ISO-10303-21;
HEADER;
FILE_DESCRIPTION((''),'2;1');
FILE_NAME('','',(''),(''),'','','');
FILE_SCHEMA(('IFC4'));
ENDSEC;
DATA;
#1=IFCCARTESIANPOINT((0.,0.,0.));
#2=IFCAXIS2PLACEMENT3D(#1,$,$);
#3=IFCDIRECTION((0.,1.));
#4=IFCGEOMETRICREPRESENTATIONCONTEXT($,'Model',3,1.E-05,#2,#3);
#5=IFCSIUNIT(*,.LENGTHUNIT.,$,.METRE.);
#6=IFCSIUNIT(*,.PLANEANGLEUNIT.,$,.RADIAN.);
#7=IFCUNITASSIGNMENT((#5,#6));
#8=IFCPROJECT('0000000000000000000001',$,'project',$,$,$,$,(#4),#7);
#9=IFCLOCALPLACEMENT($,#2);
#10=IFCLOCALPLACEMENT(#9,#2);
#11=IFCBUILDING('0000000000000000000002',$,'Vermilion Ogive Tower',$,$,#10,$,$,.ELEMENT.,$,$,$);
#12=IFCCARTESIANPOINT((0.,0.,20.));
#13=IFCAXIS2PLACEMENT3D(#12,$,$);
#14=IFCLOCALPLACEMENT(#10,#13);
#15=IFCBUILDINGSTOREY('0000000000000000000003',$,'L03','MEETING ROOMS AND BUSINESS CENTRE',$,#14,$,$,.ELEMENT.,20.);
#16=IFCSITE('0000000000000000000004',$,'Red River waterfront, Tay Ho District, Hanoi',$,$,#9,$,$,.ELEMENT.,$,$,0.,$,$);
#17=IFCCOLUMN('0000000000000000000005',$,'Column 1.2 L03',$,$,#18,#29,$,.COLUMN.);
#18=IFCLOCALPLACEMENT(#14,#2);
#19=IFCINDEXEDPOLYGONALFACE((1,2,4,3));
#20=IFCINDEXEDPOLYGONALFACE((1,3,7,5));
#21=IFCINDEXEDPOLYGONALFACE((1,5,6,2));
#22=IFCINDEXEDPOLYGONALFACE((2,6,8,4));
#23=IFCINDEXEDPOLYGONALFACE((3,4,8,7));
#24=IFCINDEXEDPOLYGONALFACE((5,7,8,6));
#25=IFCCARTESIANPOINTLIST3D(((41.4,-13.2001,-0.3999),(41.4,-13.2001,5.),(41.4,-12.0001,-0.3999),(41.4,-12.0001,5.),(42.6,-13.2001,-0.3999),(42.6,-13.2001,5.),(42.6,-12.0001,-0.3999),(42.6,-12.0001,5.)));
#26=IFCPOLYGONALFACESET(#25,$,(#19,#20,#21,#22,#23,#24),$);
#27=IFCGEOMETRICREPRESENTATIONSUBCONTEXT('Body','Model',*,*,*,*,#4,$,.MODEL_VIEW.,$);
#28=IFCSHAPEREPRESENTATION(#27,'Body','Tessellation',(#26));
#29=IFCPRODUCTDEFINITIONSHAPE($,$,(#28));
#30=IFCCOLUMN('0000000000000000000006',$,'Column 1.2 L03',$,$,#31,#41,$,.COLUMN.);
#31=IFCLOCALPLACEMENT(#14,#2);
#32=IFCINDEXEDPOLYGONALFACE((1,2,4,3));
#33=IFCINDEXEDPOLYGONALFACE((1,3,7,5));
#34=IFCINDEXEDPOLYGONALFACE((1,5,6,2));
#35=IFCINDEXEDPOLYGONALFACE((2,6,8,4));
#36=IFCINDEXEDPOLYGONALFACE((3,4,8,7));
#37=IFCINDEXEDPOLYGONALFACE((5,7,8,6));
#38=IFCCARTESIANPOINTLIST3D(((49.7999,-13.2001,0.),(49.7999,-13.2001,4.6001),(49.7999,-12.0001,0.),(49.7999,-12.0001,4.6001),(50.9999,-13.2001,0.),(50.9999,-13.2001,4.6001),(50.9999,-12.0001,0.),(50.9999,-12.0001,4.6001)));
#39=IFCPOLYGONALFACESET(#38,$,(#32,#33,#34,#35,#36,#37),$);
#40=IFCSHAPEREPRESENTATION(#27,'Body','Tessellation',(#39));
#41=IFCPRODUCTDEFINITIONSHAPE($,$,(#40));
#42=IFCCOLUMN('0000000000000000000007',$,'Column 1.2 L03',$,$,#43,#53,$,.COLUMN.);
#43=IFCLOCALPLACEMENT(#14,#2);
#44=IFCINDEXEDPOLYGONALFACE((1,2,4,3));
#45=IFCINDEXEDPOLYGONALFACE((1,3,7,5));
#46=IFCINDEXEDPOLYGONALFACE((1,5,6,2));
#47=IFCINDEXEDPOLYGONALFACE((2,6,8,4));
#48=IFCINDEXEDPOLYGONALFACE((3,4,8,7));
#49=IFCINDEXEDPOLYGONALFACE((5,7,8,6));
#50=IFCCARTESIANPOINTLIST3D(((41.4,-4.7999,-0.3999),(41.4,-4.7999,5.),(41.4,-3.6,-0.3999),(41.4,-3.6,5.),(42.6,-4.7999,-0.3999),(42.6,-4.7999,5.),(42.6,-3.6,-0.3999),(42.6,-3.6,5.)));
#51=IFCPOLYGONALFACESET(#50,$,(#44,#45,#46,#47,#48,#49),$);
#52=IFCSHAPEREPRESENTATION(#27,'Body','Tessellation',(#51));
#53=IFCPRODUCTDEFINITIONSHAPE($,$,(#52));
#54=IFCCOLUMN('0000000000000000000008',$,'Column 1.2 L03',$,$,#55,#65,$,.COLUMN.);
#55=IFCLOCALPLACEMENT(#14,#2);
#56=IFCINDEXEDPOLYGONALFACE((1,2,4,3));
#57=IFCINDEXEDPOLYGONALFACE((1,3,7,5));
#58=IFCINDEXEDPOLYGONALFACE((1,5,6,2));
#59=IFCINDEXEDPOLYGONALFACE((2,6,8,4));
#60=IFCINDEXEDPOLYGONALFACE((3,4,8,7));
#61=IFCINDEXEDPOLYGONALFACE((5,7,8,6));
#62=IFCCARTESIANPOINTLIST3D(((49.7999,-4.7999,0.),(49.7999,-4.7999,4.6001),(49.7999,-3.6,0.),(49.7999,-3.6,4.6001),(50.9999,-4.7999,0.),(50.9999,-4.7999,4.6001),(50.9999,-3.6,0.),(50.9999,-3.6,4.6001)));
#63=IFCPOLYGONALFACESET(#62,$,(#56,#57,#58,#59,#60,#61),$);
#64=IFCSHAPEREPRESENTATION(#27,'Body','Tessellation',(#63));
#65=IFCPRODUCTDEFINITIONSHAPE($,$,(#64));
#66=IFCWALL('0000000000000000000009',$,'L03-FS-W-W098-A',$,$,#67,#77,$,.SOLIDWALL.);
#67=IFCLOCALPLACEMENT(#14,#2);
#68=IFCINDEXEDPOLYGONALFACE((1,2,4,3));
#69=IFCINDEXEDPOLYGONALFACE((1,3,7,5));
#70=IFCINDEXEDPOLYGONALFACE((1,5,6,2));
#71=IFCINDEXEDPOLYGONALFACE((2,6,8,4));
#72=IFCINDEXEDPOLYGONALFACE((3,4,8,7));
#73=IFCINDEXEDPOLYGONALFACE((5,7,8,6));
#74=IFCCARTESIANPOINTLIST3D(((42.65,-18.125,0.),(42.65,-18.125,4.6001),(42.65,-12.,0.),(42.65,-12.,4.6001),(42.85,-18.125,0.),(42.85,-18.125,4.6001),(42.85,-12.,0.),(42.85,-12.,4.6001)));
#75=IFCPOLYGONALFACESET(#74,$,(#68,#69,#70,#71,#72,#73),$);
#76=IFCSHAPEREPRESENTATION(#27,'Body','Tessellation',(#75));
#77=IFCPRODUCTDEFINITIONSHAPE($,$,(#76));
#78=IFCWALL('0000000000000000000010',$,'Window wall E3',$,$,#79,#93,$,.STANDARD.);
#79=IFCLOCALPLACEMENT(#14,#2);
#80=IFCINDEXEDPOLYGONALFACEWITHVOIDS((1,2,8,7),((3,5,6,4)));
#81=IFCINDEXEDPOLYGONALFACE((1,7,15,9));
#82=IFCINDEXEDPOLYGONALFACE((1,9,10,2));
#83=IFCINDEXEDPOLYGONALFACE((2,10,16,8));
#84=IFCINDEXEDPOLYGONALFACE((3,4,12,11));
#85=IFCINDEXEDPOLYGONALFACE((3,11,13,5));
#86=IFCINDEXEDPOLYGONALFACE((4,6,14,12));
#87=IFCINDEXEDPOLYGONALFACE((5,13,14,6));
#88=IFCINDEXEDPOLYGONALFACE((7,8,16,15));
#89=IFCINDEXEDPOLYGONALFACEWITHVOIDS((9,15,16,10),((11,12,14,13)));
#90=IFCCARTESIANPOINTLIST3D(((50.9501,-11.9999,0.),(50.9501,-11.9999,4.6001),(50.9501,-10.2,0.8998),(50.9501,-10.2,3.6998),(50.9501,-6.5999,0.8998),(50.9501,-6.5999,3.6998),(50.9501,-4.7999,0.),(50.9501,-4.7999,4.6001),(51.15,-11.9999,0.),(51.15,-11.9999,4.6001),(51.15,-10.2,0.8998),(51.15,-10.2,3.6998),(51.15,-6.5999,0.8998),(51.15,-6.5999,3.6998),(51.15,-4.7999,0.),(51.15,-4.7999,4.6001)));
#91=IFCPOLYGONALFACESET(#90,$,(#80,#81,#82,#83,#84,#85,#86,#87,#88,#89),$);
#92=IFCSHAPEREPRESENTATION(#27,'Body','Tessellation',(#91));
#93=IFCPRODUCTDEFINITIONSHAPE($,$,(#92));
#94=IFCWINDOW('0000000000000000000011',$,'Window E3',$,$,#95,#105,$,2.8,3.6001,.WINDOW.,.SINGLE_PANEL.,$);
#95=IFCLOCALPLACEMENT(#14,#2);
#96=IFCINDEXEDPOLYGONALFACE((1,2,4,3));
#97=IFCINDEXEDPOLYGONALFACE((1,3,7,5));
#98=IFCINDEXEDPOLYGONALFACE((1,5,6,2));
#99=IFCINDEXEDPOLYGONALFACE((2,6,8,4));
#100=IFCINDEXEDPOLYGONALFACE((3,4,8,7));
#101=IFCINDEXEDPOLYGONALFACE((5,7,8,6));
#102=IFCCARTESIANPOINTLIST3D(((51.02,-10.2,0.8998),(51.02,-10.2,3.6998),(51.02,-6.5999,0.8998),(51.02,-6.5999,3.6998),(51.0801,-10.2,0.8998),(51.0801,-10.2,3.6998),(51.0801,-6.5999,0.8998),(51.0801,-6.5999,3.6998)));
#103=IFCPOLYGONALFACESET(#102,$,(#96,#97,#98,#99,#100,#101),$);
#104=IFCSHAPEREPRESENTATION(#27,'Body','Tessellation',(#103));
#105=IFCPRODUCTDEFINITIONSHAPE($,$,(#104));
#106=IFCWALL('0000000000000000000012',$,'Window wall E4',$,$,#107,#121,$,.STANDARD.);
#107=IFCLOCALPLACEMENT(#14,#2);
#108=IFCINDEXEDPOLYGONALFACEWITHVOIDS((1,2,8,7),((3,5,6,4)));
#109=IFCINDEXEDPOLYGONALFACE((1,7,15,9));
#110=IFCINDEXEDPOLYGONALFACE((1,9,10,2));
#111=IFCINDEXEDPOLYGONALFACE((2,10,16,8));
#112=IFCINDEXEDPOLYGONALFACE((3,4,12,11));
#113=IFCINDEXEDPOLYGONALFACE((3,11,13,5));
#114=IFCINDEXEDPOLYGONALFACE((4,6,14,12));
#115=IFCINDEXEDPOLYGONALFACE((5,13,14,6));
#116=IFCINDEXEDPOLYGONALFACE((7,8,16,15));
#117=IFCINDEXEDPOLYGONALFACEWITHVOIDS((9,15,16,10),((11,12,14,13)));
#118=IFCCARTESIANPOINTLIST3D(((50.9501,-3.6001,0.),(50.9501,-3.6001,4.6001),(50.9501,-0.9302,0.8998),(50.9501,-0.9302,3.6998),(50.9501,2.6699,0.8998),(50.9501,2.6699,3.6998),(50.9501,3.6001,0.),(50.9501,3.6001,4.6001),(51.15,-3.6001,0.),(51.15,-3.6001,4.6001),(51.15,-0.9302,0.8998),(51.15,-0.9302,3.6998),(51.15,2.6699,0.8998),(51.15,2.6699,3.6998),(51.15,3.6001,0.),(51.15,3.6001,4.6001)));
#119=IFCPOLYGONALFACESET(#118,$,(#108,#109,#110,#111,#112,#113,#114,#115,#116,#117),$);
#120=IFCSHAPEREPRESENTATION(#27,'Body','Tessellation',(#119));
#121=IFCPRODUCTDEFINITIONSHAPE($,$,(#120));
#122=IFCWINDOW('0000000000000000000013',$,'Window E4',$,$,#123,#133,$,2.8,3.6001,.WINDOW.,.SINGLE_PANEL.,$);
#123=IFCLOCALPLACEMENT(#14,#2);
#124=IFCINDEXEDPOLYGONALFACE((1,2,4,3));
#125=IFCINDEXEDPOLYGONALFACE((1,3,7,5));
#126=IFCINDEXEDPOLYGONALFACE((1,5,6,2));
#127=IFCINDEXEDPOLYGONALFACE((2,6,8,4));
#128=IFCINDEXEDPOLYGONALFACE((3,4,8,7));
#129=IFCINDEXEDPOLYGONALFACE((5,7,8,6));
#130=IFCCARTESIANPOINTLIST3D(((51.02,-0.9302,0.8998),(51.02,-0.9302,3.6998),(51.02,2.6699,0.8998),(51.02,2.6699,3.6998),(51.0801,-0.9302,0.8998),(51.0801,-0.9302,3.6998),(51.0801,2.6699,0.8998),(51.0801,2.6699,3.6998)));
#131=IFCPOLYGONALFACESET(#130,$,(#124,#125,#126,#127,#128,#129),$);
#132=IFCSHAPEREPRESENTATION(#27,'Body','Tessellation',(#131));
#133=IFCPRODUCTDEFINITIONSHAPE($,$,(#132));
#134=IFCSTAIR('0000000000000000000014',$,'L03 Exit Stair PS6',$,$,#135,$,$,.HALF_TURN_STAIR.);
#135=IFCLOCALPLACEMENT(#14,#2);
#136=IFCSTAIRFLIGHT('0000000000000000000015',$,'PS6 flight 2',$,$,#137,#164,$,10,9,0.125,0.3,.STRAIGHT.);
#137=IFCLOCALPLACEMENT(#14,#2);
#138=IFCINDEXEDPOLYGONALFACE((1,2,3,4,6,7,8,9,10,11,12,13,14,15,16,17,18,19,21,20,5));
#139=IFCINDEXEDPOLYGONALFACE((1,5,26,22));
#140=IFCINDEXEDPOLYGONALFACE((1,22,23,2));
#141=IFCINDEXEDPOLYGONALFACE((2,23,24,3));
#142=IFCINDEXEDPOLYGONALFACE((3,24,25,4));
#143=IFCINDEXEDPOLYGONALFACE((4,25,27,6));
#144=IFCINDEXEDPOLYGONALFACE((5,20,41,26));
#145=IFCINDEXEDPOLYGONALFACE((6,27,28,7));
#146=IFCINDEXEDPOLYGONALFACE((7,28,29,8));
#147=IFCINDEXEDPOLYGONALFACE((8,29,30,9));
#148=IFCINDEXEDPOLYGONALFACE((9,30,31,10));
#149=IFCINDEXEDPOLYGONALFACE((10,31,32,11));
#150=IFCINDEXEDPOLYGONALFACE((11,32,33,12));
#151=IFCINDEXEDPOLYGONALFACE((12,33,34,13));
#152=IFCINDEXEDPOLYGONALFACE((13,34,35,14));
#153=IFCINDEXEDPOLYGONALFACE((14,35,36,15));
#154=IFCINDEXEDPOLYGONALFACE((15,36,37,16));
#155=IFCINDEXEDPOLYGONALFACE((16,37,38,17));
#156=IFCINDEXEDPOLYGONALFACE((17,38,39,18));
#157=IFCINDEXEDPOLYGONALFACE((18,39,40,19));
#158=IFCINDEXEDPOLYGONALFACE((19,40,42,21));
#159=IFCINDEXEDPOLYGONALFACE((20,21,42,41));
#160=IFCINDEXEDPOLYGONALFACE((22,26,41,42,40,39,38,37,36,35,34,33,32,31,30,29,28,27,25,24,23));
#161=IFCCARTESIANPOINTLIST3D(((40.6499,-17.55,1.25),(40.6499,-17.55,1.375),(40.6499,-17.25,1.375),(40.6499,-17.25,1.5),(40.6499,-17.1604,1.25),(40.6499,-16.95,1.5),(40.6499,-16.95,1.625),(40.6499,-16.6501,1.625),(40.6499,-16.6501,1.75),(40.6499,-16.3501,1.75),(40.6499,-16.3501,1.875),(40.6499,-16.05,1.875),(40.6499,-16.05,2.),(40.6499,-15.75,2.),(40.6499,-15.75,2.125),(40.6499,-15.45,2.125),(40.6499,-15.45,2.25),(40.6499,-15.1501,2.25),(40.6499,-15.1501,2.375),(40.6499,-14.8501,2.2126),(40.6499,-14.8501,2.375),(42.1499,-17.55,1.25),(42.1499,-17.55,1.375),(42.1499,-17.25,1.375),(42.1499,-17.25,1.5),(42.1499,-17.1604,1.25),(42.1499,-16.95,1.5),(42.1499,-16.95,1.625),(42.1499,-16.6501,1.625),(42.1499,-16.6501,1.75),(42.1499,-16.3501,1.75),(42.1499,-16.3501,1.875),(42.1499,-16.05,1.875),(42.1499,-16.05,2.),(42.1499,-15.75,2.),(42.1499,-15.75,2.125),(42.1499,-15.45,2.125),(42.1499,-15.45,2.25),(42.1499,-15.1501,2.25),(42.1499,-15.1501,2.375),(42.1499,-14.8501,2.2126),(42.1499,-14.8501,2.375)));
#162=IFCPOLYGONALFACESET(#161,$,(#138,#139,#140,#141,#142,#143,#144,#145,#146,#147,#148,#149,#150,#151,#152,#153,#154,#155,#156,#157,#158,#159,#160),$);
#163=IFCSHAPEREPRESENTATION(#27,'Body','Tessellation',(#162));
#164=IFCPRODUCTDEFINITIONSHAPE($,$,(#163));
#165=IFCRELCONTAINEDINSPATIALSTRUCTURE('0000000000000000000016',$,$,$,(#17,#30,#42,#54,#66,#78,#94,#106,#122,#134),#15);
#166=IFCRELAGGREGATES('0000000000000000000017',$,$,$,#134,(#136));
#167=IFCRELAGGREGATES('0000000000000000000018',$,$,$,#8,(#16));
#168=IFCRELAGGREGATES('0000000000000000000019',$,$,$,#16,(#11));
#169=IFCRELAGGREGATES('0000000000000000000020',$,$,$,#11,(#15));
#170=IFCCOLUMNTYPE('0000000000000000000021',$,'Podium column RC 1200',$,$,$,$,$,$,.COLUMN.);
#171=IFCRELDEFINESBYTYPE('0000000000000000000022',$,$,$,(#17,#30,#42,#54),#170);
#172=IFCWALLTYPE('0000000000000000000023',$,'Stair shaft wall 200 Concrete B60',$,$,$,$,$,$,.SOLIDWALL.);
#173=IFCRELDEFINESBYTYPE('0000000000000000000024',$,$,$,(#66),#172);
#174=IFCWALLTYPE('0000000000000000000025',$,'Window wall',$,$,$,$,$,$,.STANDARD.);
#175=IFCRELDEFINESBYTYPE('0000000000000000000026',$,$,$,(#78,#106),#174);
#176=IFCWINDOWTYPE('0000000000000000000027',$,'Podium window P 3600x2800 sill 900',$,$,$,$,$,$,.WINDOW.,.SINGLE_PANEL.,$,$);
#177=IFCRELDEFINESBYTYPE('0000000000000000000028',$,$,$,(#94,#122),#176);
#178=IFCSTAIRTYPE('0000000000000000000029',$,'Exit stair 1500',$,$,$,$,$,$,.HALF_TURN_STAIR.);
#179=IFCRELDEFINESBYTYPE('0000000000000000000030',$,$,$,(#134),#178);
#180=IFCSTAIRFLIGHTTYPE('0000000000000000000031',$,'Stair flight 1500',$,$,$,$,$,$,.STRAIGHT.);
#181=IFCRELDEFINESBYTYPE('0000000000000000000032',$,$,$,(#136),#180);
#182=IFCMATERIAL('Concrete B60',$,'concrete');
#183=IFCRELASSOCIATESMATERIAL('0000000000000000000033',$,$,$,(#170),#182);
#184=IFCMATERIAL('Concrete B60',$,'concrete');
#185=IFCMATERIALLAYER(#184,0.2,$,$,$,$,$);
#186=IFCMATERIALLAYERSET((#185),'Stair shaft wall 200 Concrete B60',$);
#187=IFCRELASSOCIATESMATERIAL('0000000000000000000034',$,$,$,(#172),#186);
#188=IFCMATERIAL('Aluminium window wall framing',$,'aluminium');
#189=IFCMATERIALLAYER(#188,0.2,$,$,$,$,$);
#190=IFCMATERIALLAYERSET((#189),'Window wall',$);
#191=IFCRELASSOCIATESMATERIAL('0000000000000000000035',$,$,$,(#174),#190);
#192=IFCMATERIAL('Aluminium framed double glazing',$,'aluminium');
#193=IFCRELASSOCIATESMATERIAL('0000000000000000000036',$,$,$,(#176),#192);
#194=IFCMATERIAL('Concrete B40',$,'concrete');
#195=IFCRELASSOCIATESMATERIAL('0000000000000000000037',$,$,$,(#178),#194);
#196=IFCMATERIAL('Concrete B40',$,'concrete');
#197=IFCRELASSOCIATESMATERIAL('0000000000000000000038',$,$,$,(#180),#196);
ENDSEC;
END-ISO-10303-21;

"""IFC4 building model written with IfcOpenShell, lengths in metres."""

from ifc_helpers import new_model, si_unit, direction, frame, frame_2d, origin, origin_2d, place, context, subcontext, project, spatial, polyline, rectangle, outline, extrude, material, layer, layer_set, material_profile, profile_set, type_object, element, fill, aggregate, save


model = new_model("IFC4")

# Units and contexts
model_context = context("Model", 3, precision=1e-05, world=origin(), true_north=direction((0.0, 1.0)))
body_context = subcontext(model_context, "Body", "Model", "MODEL_VIEW")
ifc_project = project(units=[si_unit("LENGTHUNIT", "METRE"), si_unit("PLANEANGLEUNIT", "RADIAN")], contexts=[model_context])

# Site, building, storey
site_placement = place(None, origin())
site = spatial("IfcSite", under=ifc_project, at=site_placement, Name="Red River waterfront, Tay Ho District, Hanoi", CompositionType="ELEMENT", RefElevation=0.0)
building_placement = place(site_placement, origin())
building = spatial("IfcBuilding", under=site, at=building_placement, Name="Vermilion Ogive Tower", CompositionType="ELEMENT")
storey_placement = place(building_placement, frame((0.0, 0.0, 20.0)))
storey = spatial("IfcBuildingStorey", under=building, at=storey_placement, Name="L03", Description="MEETING ROOMS AND BUSINESS CENTRE", CompositionType="ELEMENT", Elevation=20.0)

# Columns
ifc_material_1 = material(Name="Concrete B60", Category="concrete")
ifc_material_profile = material_profile(ifc_material_1, rectangle(XDim=1.2, YDim=1.2, at=origin_2d()), Name="RC 1200x1200")
ifc_profile_set = profile_set([ifc_material_profile], Name="Concrete B60")
column_type = type_object("IfcColumnType", Name="Podium column RC 1200", PredefinedType="COLUMN", material=ifc_profile_set)
column_1_placement = place(storey_placement, frame((42.0, -12.6001, -0.3999), z_axis=(0.0, 0.0, 1.0), x_axis=(1.0, 0.0, 0.0)))
element("IfcColumn", 1, at=column_1_placement, inside=storey, type_object=column_type, Name="Column 1.2 L03", PredefinedType="COLUMN", context=body_context, shape_type="SweptSolid", body=[
    extrude(rectangle(XDim=1.2, YDim=1.2, at=origin_2d()), origin(), (0.0, 0.0, 1.0), 5.3999),
])
column_2_placement = place(storey_placement, frame((50.3999, -12.6001, 0.0), z_axis=(0.0, 0.0, 1.0), x_axis=(1.0, 0.0, 0.0)))
element("IfcColumn", 2, at=column_2_placement, inside=storey, type_object=column_type, Name="Column 1.2 L03", PredefinedType="COLUMN", context=body_context, shape_type="SweptSolid", body=[
    extrude(rectangle(XDim=1.2, YDim=1.2, at=origin_2d()), origin(), (0.0, 0.0, 1.0), 4.6001),
])
column_3_placement = place(storey_placement, frame((42.0, -4.2, -0.3999), z_axis=(0.0, 0.0, 1.0), x_axis=(1.0, 0.0, 0.0)))
element("IfcColumn", 3, at=column_3_placement, inside=storey, type_object=column_type, Name="Column 1.2 L03", PredefinedType="COLUMN", context=body_context, shape_type="SweptSolid", body=[
    extrude(rectangle(XDim=1.2, YDim=1.2, at=origin_2d()), origin(), (0.0, 0.0, 1.0), 5.3999),
])
column_4_placement = place(storey_placement, frame((50.3999, -4.2, 0.0), z_axis=(0.0, 0.0, 1.0), x_axis=(1.0, 0.0, 0.0)))
element("IfcColumn", 4, at=column_4_placement, inside=storey, type_object=column_type, Name="Column 1.2 L03", PredefinedType="COLUMN", context=body_context, shape_type="SweptSolid", body=[
    extrude(rectangle(XDim=1.2, YDim=1.2, at=origin_2d()), origin(), (0.0, 0.0, 1.0), 4.6001),
])

# Wall
ifc_material_2 = material(Name="Concrete B60", Category="concrete")
ifc_layer_1 = layer(ifc_material_2, 0.2)
ifc_layer_set_1 = layer_set([ifc_layer_1], Name="Stair shaft wall 200 Concrete B60")
wall_type_1 = type_object("IfcWallType", Name="Stair shaft wall 200 Concrete B60", PredefinedType="SOLIDWALL", material=ifc_layer_set_1)
wall_1_placement = place(storey_placement, frame((42.75, -18.125, 0.0), z_axis=(0.0, 0.0, 1.0), x_axis=(0.0, 1.0, 0.0)))
element("IfcWall", 5, at=wall_1_placement, inside=storey, type_object=wall_type_1, Name="L03-FS-W-W098-A", PredefinedType="SOLIDWALL", context=body_context, shape_type="SweptSolid", body=[
    extrude(rectangle(XDim=6.125, YDim=0.2, at=frame_2d((3.0625, 0.0))), origin(), (0.0, 0.0, 1.0), 4.6001),
])

# Walls, openings, windows
ifc_material_3 = material(Name="Aluminium window wall framing", Category="aluminium")
ifc_layer_2 = layer(ifc_material_3, 0.2)
ifc_layer_set_2 = layer_set([ifc_layer_2], Name="Window wall")
wall_type_2 = type_object("IfcWallType", Name="Window wall", PredefinedType="STANDARD", material=ifc_layer_set_2)
wall_2_placement = place(storey_placement, frame((51.05, -12.0, 0.0), z_axis=(0.0, 0.0, 1.0), x_axis=(0.0, 1.0, 0.0)))
wall_2 = element("IfcWall", 6, at=wall_2_placement, inside=storey, type_object=wall_type_2, Name="Window wall E3", PredefinedType="STANDARD", context=body_context, shape_type="SweptSolid", body=[
    extrude(rectangle(XDim=7.2, YDim=0.2, at=frame_2d((3.6001, 0.0))), origin(), (0.0, 0.0, 1.0), 4.6001),
])
opening_1_placement = place(wall_2_placement, frame((1.8, 0.0, 0.8999)))
opening_1 = element("IfcOpeningElement", 7, at=opening_1_placement, cuts=wall_2, PredefinedType="OPENING", context=body_context, shape_type="SweptSolid", body=[
    extrude(rectangle(XDim=3.6001, YDim=2.8, at=frame_2d((1.8, 1.3999))), frame((0.0, 0.1099, 0.0), z_axis=(0.0, -1.0, 0.0), x_axis=(1.0, 0.0, 0.0)), (0.0, 0.0, 1.0), 0.22),
])
ifc_material_4 = material(Name="Aluminium framed double glazing", Category="aluminium")
window_type = type_object("IfcWindowType", Name="Podium window P 3600x2800 sill 900", PartitioningType="SINGLE_PANEL", PredefinedType="WINDOW", material=ifc_material_4)
window_1_placement = place(opening_1_placement, origin())
window_1 = element("IfcWindow", 8, at=window_1_placement, inside=storey, type_object=window_type, Name="Window E3", OverallHeight=2.8, OverallWidth=3.6001, PartitioningType="SINGLE_PANEL", PredefinedType="WINDOW", context=body_context, shape_type="SweptSolid", body=[
    extrude(rectangle(XDim=3.6001, YDim=2.8, at=frame_2d((1.8, 1.3999))), frame((0.0, 0.03, 0.0), z_axis=(0.0, -1.0, 0.0), x_axis=(1.0, 0.0, 0.0)), (0.0, 0.0, 1.0), 0.0601),
])
fill(opening_1, window_1)
wall_3_placement = place(storey_placement, frame((51.05, -3.6001, 0.0), z_axis=(0.0, 0.0, 1.0), x_axis=(0.0, 1.0, 0.0)))
wall_3 = element("IfcWall", 9, at=wall_3_placement, inside=storey, type_object=wall_type_2, Name="Window wall E4", PredefinedType="STANDARD", context=body_context, shape_type="SweptSolid", body=[
    extrude(rectangle(XDim=7.2002, YDim=0.2, at=frame_2d((3.6001, 0.0))), origin(), (0.0, 0.0, 1.0), 4.6001),
])
opening_2_placement = place(wall_3_placement, frame((2.6699, 0.0, 0.8999)))
opening_2 = element("IfcOpeningElement", 10, at=opening_2_placement, cuts=wall_3, PredefinedType="OPENING", context=body_context, shape_type="SweptSolid", body=[
    extrude(rectangle(XDim=3.6001, YDim=2.8, at=frame_2d((1.8, 1.3999))), frame((0.0, 0.1099, 0.0), z_axis=(0.0, -1.0, 0.0), x_axis=(1.0, 0.0, 0.0)), (0.0, 0.0, 1.0), 0.22),
])
window_2_placement = place(opening_2_placement, origin())
window_2 = element("IfcWindow", 11, at=window_2_placement, inside=storey, type_object=window_type, Name="Window E4", OverallHeight=2.8, OverallWidth=3.6001, PartitioningType="SINGLE_PANEL", PredefinedType="WINDOW", context=body_context, shape_type="SweptSolid", body=[
    extrude(rectangle(XDim=3.6001, YDim=2.8, at=frame_2d((1.8, 1.3999))), frame((0.0, 0.03, 0.0), z_axis=(0.0, -1.0, 0.0), x_axis=(1.0, 0.0, 0.0)), (0.0, 0.0, 1.0), 0.0601),
])
fill(opening_2, window_2)

# Stair, stair flight
ifc_material_5 = material(Name="Concrete B40", Category="concrete")
stair_type = type_object("IfcStairType", Name="Exit stair 1500", PredefinedType="HALF_TURN_STAIR", material=ifc_material_5)
stair_placement = place(storey_placement, origin())
stair = element("IfcStair", 12, at=stair_placement, inside=storey, type_object=stair_type, Name="L03 Exit Stair PS6", PredefinedType="HALF_TURN_STAIR")
ifc_material_6 = material(Name="Concrete B40", Category="concrete")
stair_flight_type = type_object("IfcStairFlightType", Name="Stair flight 1500", PredefinedType="STRAIGHT", material=ifc_material_6)
stair_flight_1_placement = place(storey_placement, frame((41.3999, -17.55, 1.25), z_axis=(0.0, 0.0, 1.0), x_axis=(0.0, 1.0, 0.0)))
stair_flight_1 = element("IfcStairFlight", 13, at=stair_flight_1_placement, type_object=stair_flight_type, Name="PS6 flight 2", NumberOfRisers=10, NumberOfTreads=9, PredefinedType="STRAIGHT", RiserHeight=0.125, TreadLength=0.3, context=body_context, shape_type="SweptSolid", body=[
    extrude(outline(polyline([(0.0, 0.0), (0.0, 0.125), (0.3, 0.125), (0.3, 0.25), (0.6001, 0.25), (0.6001, 0.375), (0.8999, 0.375), (0.8999, 0.5), (1.2, 0.5), (1.2, 0.625), (1.5, 0.625), (1.5, 0.75), (1.8, 0.75), (1.8, 0.875), (2.1001, 0.875), (2.1001, 1.0), (2.3999, 1.0), (2.3999, 1.125), (2.7, 1.125), (2.7, 1.25), (2.7, 0.9626), (0.3896, 0.0), (0.0, 0.0)])), frame((0.0, 0.75, 0.0), z_axis=(0.0, -1.0, 0.0), x_axis=(1.0, 0.0, 0.0)), (0.0, 0.0, 1.0), 1.5),
])
aggregate(stair, [stair_flight_1])

save(model, "model.ifc")
